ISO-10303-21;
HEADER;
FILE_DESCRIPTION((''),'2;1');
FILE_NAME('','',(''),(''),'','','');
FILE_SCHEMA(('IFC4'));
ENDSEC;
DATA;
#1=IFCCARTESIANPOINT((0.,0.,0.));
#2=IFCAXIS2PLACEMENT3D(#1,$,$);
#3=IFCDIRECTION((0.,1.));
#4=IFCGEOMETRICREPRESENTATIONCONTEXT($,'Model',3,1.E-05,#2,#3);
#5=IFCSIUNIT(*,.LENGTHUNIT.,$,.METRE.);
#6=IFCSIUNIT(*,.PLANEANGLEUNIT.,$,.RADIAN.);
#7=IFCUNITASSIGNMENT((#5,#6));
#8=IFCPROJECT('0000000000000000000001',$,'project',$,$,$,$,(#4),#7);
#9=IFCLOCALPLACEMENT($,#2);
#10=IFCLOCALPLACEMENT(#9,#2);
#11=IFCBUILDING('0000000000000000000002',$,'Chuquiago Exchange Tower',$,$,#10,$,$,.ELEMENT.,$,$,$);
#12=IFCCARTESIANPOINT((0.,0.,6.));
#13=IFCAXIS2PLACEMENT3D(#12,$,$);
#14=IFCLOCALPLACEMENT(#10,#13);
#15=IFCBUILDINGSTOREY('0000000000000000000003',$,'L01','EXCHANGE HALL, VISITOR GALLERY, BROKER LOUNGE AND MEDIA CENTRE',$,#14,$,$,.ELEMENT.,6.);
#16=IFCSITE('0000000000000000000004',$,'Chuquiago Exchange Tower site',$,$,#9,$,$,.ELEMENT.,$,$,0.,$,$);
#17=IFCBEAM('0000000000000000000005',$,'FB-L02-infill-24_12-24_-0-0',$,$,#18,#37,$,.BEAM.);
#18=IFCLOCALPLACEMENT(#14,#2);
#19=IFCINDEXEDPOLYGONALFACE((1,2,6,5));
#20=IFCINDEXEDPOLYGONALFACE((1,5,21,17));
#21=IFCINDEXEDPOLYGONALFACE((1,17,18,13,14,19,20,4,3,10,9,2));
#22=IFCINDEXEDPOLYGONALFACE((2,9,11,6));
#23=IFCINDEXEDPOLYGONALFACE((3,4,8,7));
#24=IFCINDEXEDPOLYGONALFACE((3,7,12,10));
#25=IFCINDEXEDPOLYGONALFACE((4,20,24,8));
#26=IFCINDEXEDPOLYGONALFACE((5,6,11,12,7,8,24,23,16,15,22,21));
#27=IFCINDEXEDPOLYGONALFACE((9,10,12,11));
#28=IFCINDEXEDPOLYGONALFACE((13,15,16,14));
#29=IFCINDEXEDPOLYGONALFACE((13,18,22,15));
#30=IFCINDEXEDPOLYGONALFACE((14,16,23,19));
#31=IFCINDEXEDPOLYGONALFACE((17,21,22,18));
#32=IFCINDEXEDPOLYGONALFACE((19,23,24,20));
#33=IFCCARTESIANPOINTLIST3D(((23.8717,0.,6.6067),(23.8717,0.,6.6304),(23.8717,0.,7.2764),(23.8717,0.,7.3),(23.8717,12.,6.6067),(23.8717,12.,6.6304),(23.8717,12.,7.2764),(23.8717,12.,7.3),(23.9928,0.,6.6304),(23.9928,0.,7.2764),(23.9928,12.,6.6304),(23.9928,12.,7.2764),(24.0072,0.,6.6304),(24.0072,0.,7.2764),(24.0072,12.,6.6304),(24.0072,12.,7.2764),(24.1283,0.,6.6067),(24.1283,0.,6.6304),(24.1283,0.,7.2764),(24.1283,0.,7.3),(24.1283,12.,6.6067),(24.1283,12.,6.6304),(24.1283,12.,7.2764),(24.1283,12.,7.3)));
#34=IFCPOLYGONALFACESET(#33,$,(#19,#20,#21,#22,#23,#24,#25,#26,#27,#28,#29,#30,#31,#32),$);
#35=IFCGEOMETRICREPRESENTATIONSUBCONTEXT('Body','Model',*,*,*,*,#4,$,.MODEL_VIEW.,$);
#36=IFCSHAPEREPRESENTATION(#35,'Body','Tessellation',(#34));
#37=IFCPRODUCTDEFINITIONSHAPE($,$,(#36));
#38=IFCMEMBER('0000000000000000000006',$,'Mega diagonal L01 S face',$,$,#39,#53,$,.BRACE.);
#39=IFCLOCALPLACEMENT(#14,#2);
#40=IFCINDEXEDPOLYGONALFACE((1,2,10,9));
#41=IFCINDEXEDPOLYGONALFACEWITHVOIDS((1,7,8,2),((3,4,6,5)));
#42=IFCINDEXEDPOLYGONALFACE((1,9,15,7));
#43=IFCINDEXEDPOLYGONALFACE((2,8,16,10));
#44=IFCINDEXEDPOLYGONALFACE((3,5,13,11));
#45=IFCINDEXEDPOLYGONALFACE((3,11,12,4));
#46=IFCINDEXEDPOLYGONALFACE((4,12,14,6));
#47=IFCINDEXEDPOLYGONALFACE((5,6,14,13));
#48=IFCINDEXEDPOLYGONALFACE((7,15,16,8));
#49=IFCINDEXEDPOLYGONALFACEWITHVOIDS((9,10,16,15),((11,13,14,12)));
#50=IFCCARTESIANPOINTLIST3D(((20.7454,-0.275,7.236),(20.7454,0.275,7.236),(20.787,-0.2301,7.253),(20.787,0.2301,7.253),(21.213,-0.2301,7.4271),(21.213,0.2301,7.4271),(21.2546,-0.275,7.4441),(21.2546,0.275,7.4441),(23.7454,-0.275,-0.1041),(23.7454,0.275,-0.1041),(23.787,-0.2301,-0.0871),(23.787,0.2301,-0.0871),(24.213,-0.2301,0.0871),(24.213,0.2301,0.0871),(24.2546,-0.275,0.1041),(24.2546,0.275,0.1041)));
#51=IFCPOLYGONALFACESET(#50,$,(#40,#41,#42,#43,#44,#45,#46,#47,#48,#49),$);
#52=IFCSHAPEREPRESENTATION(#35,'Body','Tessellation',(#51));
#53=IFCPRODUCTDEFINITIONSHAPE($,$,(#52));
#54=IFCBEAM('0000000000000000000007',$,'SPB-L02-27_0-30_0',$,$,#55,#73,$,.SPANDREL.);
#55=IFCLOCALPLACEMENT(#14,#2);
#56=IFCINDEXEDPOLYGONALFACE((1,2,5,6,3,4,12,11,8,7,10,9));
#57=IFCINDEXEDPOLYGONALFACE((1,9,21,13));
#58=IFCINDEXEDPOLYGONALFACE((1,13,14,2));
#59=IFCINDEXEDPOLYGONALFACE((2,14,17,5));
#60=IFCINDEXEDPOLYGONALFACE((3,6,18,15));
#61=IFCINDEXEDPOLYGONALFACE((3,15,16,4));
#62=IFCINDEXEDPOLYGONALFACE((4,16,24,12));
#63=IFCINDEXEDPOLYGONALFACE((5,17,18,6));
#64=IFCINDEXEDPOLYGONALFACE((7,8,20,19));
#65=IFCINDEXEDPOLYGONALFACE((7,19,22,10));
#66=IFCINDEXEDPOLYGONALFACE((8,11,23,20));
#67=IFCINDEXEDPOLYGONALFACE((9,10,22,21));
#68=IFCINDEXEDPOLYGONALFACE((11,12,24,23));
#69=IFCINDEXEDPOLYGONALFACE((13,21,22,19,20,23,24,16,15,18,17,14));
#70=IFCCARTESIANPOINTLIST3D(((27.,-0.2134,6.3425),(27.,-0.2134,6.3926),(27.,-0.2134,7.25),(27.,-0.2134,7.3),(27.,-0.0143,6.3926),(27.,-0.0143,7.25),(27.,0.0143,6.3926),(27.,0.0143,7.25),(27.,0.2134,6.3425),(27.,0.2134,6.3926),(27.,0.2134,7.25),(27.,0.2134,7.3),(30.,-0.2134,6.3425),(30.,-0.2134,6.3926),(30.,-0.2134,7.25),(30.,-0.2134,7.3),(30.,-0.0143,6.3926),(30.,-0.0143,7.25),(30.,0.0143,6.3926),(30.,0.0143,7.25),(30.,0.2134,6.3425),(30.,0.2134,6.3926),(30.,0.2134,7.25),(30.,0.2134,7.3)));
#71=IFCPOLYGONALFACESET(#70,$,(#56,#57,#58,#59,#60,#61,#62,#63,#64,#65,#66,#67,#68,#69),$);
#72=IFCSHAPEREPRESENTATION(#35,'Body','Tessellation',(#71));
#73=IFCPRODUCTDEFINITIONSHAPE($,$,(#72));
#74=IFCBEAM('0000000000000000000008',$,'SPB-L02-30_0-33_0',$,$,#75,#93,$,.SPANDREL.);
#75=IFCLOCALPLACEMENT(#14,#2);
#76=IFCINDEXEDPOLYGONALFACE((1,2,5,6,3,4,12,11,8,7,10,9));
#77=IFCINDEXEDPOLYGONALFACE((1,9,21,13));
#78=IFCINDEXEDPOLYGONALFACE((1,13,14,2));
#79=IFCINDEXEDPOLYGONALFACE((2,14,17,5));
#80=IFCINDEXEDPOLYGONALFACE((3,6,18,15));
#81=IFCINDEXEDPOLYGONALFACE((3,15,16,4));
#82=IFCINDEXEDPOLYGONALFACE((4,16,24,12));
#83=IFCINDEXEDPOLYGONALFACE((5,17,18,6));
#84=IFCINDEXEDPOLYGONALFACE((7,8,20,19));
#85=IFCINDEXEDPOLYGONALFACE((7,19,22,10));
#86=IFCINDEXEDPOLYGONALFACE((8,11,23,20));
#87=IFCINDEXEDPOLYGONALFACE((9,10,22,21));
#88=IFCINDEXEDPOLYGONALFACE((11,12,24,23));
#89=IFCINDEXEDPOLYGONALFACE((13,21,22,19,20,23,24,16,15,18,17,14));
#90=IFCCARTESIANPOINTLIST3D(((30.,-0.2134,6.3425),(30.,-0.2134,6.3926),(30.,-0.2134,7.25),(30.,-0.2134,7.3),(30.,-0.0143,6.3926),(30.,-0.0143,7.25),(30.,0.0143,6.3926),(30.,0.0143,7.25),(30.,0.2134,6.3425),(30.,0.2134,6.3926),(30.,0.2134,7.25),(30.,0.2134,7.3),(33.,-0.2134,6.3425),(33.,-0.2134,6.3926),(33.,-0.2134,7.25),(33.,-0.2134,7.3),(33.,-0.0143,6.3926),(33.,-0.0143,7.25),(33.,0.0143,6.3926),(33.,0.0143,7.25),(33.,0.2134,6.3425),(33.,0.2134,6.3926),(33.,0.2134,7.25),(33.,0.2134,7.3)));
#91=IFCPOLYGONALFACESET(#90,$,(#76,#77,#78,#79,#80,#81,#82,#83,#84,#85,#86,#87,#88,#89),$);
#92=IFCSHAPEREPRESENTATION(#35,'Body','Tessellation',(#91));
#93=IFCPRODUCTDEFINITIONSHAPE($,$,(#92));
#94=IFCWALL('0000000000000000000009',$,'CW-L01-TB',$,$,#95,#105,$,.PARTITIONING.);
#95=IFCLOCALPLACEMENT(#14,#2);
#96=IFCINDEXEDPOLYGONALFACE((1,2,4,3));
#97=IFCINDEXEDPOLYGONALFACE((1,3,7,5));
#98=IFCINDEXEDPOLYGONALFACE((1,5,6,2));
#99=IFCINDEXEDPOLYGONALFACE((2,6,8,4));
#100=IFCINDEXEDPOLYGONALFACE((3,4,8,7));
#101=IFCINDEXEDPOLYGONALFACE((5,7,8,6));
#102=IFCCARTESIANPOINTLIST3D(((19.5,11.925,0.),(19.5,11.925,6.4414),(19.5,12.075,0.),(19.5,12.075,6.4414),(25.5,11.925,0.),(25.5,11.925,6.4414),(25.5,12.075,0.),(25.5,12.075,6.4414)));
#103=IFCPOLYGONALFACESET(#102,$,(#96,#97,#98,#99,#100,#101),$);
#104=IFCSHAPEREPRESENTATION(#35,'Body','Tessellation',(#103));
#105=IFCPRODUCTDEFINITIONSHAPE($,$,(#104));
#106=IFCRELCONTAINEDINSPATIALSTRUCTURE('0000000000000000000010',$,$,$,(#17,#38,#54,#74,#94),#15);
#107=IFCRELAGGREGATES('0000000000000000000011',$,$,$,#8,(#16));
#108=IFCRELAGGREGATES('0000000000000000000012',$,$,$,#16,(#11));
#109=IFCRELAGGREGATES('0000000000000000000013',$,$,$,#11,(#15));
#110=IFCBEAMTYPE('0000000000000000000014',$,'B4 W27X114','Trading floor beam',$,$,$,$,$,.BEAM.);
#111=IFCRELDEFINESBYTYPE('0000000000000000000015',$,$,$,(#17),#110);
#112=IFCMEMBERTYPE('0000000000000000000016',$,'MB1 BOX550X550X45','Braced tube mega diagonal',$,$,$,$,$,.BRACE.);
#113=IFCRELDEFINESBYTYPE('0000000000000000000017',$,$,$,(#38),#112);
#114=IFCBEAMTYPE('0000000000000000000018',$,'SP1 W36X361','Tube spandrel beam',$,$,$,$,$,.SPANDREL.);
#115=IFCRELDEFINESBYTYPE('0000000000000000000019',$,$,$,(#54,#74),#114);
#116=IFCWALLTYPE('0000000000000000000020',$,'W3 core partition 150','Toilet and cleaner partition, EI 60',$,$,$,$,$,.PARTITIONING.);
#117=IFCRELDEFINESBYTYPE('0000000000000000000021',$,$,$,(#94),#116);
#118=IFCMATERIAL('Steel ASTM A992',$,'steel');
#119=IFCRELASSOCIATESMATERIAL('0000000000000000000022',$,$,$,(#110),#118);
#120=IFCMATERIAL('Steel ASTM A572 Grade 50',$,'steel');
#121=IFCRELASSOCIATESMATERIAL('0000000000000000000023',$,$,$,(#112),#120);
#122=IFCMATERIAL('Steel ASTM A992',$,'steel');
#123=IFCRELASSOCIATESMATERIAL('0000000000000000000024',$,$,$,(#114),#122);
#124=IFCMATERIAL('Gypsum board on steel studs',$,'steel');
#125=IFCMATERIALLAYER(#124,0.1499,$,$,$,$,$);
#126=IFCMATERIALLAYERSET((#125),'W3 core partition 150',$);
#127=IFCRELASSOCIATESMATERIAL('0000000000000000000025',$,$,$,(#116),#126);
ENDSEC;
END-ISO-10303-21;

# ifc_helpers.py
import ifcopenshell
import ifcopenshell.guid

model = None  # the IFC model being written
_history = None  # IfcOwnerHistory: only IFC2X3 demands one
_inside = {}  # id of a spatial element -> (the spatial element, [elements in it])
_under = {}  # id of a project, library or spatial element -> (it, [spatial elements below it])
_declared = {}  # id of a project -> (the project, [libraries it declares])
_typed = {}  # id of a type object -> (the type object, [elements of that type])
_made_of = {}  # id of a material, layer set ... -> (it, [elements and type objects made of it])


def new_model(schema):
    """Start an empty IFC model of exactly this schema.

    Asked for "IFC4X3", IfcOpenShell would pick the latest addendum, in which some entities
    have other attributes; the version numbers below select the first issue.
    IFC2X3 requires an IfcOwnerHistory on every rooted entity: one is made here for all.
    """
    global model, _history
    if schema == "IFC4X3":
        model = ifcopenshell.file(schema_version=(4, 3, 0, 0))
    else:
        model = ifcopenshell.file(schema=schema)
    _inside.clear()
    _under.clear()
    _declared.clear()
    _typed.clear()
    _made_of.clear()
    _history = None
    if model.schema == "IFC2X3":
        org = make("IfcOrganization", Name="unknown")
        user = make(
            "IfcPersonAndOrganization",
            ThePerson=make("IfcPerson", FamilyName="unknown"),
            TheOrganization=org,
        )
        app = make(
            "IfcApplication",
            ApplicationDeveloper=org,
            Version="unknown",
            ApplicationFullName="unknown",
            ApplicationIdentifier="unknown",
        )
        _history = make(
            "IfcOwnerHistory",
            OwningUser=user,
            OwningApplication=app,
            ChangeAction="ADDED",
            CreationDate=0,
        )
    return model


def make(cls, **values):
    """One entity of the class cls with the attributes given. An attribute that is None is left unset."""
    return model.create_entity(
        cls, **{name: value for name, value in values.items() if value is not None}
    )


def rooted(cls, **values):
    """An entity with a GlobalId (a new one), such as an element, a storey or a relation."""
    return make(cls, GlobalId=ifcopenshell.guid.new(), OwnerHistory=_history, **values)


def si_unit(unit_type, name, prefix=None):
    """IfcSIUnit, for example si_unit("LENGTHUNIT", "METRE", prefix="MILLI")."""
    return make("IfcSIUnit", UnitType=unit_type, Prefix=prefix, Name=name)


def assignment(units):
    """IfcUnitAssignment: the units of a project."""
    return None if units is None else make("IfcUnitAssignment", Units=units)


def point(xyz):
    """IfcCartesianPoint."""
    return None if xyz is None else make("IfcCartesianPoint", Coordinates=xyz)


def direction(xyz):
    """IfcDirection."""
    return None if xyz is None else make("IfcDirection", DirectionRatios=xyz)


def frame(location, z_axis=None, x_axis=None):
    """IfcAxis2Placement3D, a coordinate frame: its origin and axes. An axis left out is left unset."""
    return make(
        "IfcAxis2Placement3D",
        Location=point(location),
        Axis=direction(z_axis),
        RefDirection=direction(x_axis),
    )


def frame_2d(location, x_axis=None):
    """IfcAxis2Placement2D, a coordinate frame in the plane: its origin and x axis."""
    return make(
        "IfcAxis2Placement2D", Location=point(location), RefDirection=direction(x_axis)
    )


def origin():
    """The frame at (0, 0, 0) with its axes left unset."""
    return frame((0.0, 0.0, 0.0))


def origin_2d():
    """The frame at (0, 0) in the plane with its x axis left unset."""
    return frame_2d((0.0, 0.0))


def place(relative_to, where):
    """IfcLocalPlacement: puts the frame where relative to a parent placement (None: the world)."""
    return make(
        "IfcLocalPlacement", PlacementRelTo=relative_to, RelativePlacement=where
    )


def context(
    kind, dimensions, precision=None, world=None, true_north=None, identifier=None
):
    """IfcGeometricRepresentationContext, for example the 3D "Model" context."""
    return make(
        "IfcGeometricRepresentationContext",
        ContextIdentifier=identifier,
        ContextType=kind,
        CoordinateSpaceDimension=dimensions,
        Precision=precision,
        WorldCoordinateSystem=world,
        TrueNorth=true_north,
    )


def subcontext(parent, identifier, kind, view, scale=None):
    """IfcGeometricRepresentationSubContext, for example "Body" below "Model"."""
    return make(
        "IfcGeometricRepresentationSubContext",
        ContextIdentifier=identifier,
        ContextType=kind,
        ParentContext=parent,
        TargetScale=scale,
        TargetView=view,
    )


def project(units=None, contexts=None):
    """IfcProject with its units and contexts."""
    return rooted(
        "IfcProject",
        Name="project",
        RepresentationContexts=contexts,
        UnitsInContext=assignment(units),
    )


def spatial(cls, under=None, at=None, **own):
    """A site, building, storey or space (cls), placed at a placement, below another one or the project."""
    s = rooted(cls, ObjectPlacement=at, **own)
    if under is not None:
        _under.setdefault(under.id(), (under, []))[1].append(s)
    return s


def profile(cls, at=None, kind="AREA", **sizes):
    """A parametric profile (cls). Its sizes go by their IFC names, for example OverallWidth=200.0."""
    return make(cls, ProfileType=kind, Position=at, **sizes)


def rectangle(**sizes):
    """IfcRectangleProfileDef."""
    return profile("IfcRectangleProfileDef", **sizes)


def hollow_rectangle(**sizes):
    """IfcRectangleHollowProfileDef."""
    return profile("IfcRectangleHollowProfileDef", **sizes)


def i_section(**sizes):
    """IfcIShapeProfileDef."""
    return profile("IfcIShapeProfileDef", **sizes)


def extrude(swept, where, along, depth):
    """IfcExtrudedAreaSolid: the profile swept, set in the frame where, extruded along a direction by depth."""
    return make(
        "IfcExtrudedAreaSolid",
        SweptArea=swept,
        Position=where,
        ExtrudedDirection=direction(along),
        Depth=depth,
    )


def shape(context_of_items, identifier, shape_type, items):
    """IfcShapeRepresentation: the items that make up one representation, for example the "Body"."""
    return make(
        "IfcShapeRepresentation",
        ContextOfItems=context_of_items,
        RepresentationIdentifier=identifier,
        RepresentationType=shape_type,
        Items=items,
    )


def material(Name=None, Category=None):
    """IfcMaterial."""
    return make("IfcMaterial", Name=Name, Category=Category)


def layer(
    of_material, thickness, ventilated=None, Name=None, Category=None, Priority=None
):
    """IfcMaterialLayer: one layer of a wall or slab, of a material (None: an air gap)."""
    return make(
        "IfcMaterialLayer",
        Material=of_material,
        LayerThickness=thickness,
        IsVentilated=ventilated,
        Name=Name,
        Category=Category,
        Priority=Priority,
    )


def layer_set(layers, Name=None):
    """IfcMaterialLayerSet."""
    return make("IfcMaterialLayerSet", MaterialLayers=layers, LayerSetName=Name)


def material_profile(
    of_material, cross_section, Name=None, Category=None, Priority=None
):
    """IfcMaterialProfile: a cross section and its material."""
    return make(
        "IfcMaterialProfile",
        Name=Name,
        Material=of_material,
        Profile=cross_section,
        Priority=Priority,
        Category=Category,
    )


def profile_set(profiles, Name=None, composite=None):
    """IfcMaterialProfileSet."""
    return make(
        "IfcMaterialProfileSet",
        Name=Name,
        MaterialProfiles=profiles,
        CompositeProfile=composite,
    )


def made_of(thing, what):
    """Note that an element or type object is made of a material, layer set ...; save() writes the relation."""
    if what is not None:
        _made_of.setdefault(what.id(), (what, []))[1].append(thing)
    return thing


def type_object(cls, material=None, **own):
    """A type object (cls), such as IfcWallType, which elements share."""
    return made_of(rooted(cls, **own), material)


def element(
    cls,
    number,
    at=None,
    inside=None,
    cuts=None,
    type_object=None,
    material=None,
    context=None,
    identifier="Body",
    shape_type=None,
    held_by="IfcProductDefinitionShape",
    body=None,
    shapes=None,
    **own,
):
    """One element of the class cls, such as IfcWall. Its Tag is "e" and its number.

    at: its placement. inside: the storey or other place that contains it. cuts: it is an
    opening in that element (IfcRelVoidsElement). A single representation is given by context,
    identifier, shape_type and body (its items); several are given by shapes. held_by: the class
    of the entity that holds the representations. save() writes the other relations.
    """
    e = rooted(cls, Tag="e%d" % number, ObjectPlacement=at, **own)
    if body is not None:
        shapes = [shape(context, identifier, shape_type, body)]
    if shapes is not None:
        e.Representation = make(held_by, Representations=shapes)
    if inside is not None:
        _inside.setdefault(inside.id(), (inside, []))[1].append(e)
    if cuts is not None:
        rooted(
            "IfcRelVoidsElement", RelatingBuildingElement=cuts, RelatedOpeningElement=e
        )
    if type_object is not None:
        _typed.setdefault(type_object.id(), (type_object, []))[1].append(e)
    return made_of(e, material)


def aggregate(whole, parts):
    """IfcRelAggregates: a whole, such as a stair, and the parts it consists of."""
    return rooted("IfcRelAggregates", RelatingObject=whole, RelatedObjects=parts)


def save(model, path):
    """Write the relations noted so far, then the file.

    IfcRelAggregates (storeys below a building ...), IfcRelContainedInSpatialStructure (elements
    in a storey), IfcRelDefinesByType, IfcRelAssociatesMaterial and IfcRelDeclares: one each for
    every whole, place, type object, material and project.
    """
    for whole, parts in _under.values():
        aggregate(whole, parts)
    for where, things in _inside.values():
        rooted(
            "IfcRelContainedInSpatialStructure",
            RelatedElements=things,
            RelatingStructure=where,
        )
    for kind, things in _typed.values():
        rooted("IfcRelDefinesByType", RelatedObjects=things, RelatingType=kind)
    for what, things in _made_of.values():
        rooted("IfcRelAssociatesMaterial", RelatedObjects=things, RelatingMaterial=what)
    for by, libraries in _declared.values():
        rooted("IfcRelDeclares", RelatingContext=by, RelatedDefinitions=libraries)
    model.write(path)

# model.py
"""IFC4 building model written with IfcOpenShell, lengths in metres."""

from ifc_helpers import new_model, si_unit, direction, frame, frame_2d, origin, origin_2d, place, context, subcontext, project, spatial, rectangle, hollow_rectangle, i_section, extrude, material, layer, layer_set, material_profile, profile_set, type_object, element, save


model = new_model("IFC4")

# Units and contexts
model_context = context("Model", 3, precision=1e-05, world=origin(), true_north=direction((0.0, 1.0)))
body_context = subcontext(model_context, "Body", "Model", "MODEL_VIEW")
ifc_project = project(units=[si_unit("LENGTHUNIT", "METRE"), si_unit("PLANEANGLEUNIT", "RADIAN")], contexts=[model_context])

# Site, building, storey
site_placement = place(None, origin())
site = spatial("IfcSite", under=ifc_project, at=site_placement, Name="Chuquiago Exchange Tower site", CompositionType="ELEMENT", RefElevation=0.0)
building_placement = place(site_placement, origin())
building = spatial("IfcBuilding", under=site, at=building_placement, Name="Chuquiago Exchange Tower", CompositionType="ELEMENT")
storey_placement = place(building_placement, frame((0.0, 0.0, 6.0)))
storey = spatial("IfcBuildingStorey", under=building, at=storey_placement, Name="L01", Description="EXCHANGE HALL, VISITOR GALLERY, BROKER LOUNGE AND MEDIA CENTRE", CompositionType="ELEMENT", Elevation=6.0)

# Beam
ifc_material_1 = material(Name="Steel ASTM A992", Category="steel")
ifc_material_profile_1 = material_profile(ifc_material_1, i_section(OverallWidth=0.2566, OverallDepth=0.6934, WebThickness=0.0144, FlangeThickness=0.0237, at=origin_2d()), Name="W27X114")
ifc_profile_set_1 = profile_set([ifc_material_profile_1], Name="Steel ASTM A992")
beam_type_1 = type_object("IfcBeamType", Name="B4 W27X114", Description="Trading floor beam", PredefinedType="BEAM", material=ifc_profile_set_1)
for number, where, z_axis, x_axis, name in (
    (1, (24.0, 12.0, 6.9534), (0.0, -1.0, 0.0), (1.0, 0.0, 0.0), "FB-L02-infill-24_12-24_-0-0"),
):
    element("IfcBeam", number, at=place(storey_placement, frame(where, z_axis=z_axis, x_axis=x_axis)), inside=storey, type_object=beam_type_1, Name=name, PredefinedType="BEAM", context=body_context, shape_type="SweptSolid", body=[
        extrude(i_section(OverallWidth=0.2566, OverallDepth=0.6934, WebThickness=0.0144, FlangeThickness=0.0237, at=origin_2d()), origin(), (0.0, 0.0, 1.0), 12.0),
    ])

# Member
ifc_material_2 = material(Name="Steel ASTM A572 Grade 50", Category="steel")
ifc_material_profile_2 = material_profile(ifc_material_2, hollow_rectangle(XDim=0.55, YDim=0.55, WallThickness=0.0449, at=origin_2d()), Name="BOX550X550X45")
ifc_profile_set_2 = profile_set([ifc_material_profile_2], Name="Steel ASTM A572 Grade 50")
member_type = type_object("IfcMemberType", Name="MB1 BOX550X550X45", Description="Braced tube mega diagonal", PredefinedType="BRACE", material=ifc_profile_set_2)
member_placement = place(storey_placement, frame((24.0, 0.0, 0.0), z_axis=(-0.378334, 0.0, 0.925669), x_axis=(0.0, -1.0, 0.0)))
element("IfcMember", 2, at=member_placement, inside=storey, type_object=member_type, Name="Mega diagonal L01 S face", PredefinedType="BRACE", context=body_context, shape_type="SweptSolid", body=[
    extrude(hollow_rectangle(XDim=0.55, YDim=0.55, WallThickness=0.0449, at=origin_2d()), origin(), (0.0, 0.0, 1.0), 7.9294),
])

# Beams
ifc_material_3 = material(Name="Steel ASTM A992", Category="steel")
ifc_material_profile_3 = material_profile(ifc_material_3, i_section(OverallWidth=0.4268, OverallDepth=0.9575, WebThickness=0.0286, FlangeThickness=0.05, at=origin_2d()), Name="W36X361")
ifc_profile_set_3 = profile_set([ifc_material_profile_3], Name="Steel ASTM A992")
beam_type_2 = type_object("IfcBeamType", Name="SP1 W36X361", Description="Tube spandrel beam", PredefinedType="SPANDREL", material=ifc_profile_set_3)
for number, where, z_axis, x_axis, name in (
    (3, (27.0, 0.0, 6.8213), (1.0, 0.0, 0.0), (0.0, 1.0, 0.0), "SPB-L02-27_0-30_0"),
    (4, (30.0, 0.0, 6.8213), (1.0, 0.0, 0.0), (0.0, 1.0, 0.0), "SPB-L02-30_0-33_0"),
):
    element("IfcBeam", number, at=place(storey_placement, frame(where, z_axis=z_axis, x_axis=x_axis)), inside=storey, type_object=beam_type_2, Name=name, PredefinedType="SPANDREL", context=body_context, shape_type="SweptSolid", body=[
        extrude(i_section(OverallWidth=0.4268, OverallDepth=0.9575, WebThickness=0.0286, FlangeThickness=0.05, at=origin_2d()), origin(), (0.0, 0.0, 1.0), 3.0),
    ])

# Wall
ifc_material_4 = material(Name="Gypsum board on steel studs", Category="steel")
ifc_layer = layer(ifc_material_4, 0.1499)
ifc_layer_set = layer_set([ifc_layer], Name="W3 core partition 150")
wall_type = type_object("IfcWallType", Name="W3 core partition 150", Description="Toilet and cleaner partition, EI 60", PredefinedType="PARTITIONING", material=ifc_layer_set)
wall_placement = place(storey_placement, frame((19.5, 12.0, 0.0), z_axis=(0.0, 0.0, 1.0), x_axis=(1.0, 0.0, 0.0)))
element("IfcWall", 5, at=wall_placement, inside=storey, type_object=wall_type, Name="CW-L01-TB", PredefinedType="PARTITIONING", context=body_context, shape_type="SweptSolid", body=[
    extrude(rectangle(XDim=6.0, YDim=0.1499, at=frame_2d((3.0, 0.0))), origin(), (0.0, 0.0, 1.0), 6.4414),
])

save(model, "model.ifc")
